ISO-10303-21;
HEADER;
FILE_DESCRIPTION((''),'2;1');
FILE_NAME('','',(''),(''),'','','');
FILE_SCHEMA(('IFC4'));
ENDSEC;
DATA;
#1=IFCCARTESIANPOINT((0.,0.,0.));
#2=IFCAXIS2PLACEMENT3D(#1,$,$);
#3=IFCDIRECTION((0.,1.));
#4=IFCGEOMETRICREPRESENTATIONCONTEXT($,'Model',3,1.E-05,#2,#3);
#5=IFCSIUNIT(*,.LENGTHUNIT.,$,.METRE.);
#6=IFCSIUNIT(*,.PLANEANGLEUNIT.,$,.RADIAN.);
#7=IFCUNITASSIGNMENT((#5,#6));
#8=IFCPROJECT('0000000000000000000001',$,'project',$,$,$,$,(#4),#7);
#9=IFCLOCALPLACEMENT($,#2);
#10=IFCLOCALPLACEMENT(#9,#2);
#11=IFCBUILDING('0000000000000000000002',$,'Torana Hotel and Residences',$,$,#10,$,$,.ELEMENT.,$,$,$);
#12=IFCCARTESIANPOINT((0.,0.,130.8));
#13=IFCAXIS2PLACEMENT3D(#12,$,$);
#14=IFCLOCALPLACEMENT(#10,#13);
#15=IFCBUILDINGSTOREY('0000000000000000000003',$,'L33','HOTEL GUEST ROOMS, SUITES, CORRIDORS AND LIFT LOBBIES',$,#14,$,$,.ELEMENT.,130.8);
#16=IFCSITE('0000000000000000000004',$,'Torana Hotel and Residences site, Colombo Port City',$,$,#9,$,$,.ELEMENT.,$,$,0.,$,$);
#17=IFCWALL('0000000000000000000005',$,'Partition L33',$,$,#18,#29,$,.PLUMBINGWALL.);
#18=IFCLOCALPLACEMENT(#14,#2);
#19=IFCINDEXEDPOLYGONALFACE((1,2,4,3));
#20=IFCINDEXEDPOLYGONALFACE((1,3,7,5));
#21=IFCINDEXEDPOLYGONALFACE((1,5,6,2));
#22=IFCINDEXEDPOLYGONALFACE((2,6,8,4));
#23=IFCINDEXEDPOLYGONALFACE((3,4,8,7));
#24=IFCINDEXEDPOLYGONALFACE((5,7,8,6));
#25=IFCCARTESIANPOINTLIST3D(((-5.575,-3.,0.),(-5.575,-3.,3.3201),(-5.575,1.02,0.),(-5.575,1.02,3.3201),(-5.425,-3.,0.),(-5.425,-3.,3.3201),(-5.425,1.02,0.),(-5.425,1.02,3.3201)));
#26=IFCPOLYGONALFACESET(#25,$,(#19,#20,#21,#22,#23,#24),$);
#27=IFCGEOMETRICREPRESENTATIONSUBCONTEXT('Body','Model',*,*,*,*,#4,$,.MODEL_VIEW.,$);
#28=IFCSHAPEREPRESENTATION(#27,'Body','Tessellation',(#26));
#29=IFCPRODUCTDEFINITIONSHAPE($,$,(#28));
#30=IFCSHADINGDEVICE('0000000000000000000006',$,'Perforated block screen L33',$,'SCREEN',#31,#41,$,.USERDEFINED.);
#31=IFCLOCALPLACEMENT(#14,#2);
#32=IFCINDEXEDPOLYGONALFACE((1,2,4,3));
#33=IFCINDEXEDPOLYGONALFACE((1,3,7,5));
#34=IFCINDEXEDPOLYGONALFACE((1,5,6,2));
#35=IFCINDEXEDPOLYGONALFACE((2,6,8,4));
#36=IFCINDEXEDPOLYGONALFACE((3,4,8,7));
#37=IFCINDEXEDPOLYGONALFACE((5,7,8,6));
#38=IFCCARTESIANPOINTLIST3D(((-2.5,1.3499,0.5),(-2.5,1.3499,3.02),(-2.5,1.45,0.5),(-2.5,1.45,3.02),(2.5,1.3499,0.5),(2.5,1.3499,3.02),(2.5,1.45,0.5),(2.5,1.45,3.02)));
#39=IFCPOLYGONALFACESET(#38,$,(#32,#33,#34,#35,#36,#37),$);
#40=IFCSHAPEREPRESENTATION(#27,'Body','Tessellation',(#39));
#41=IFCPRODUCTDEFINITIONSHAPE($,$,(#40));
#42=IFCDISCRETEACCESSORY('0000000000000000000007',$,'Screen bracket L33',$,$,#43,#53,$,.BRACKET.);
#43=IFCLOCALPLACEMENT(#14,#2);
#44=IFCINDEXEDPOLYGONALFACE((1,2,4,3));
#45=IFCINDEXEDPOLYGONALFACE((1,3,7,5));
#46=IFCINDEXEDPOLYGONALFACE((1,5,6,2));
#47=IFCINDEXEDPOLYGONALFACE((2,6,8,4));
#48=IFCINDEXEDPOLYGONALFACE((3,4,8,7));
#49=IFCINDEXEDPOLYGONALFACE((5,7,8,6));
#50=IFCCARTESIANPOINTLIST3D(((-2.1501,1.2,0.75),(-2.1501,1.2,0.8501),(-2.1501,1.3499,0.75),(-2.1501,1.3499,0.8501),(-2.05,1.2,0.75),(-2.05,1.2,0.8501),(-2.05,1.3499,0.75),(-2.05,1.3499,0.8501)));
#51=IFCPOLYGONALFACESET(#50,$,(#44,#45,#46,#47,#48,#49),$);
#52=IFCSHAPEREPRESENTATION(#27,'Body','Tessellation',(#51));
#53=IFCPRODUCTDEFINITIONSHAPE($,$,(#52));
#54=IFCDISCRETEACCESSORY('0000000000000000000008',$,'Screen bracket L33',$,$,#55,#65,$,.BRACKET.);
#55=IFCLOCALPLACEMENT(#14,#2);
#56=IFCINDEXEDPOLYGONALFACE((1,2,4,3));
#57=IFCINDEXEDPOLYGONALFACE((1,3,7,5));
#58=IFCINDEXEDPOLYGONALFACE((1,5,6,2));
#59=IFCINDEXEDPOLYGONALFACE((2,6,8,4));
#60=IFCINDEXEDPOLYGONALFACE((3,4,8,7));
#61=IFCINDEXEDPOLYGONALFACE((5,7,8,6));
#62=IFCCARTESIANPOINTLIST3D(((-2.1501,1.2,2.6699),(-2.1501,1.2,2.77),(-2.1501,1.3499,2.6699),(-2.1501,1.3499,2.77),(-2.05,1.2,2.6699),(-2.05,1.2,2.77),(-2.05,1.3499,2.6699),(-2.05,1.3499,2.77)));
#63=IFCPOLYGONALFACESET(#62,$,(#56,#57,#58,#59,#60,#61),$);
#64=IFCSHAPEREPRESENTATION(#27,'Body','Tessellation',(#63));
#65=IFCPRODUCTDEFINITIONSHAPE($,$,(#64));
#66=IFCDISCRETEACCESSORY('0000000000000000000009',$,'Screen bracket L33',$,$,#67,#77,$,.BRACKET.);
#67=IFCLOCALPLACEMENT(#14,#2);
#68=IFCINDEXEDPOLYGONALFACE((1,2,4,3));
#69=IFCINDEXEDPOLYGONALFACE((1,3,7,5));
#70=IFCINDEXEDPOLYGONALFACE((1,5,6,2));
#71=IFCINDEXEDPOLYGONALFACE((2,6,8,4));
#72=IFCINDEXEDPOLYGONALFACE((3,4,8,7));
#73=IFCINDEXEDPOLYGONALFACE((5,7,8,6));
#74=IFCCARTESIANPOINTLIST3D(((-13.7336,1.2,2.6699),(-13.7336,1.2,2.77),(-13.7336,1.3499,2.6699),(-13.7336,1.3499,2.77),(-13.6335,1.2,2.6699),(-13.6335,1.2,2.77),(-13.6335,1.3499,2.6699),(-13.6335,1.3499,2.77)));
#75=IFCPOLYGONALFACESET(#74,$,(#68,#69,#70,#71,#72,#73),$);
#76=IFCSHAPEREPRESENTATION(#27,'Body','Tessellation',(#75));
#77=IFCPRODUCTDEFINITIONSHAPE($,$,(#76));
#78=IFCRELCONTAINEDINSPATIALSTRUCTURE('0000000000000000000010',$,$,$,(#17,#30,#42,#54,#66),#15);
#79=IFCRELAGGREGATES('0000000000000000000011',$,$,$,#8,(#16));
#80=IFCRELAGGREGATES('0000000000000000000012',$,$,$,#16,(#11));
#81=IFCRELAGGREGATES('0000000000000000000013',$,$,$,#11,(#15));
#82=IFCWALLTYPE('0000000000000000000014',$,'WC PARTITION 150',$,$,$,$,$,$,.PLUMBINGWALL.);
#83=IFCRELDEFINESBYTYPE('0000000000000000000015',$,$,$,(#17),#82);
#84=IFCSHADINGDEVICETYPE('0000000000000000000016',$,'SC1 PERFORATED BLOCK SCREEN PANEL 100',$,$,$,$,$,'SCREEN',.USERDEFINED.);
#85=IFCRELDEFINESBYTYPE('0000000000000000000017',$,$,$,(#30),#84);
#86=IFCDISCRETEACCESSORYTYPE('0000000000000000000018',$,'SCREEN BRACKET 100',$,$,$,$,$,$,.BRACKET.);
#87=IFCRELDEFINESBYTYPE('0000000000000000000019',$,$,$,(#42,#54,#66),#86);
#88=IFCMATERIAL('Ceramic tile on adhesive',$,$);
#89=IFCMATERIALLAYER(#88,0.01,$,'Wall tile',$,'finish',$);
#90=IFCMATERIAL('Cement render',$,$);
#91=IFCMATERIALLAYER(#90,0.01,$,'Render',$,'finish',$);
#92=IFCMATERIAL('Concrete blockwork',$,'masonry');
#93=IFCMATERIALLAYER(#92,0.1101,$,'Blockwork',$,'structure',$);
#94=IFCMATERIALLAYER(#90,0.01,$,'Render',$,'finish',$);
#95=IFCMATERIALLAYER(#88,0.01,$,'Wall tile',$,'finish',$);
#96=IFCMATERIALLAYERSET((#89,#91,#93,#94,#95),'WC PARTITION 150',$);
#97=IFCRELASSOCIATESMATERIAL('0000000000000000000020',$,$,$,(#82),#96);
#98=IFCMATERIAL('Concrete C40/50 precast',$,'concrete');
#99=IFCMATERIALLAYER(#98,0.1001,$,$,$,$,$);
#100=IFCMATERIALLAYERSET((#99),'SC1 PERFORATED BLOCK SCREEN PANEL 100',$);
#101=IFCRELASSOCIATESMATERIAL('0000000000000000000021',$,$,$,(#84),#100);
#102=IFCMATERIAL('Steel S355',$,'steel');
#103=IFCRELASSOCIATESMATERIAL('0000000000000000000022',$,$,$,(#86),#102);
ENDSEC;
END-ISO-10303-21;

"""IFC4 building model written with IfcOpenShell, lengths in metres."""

from ifc_helpers import new_model, si_unit, direction, frame, frame_2d, origin, origin_2d, place, context, subcontext, project, spatial, rectangle, extrude, material, layer, layer_set, type_object, element, save


model = new_model("IFC4")

# Units and contexts
model_context = context("Model", 3, precision=1e-05, world=origin(), true_north=direction((0.0, 1.0)))
body_context = subcontext(model_context, "Body", "Model", "MODEL_VIEW")
ifc_project = project(units=[si_unit("LENGTHUNIT", "METRE"), si_unit("PLANEANGLEUNIT", "RADIAN")], contexts=[model_context])

# Site, building, storey
site_placement = place(None, origin())
site = spatial("IfcSite", under=ifc_project, at=site_placement, Name="Torana Hotel and Residences site, Colombo Port City", CompositionType="ELEMENT", RefElevation=0.0)
building_placement = place(site_placement, origin())
building = spatial("IfcBuilding", under=site, at=building_placement, Name="Torana Hotel and Residences", CompositionType="ELEMENT")
storey_placement = place(building_placement, frame((0.0, 0.0, 130.8)))
storey = spatial("IfcBuildingStorey", under=building, at=storey_placement, Name="L33", Description="HOTEL GUEST ROOMS, SUITES, CORRIDORS AND LIFT LOBBIES", CompositionType="ELEMENT", Elevation=130.8)

# Wall
ifc_material_1 = material(Name="Ceramic tile on adhesive")
ifc_layer_1 = layer(ifc_material_1, 0.01, Name="Wall tile", Category="finish")
ifc_material_2 = material(Name="Cement render")
ifc_layer_2 = layer(ifc_material_2, 0.01, Name="Render", Category="finish")
ifc_material_3 = material(Name="Concrete blockwork", Category="masonry")
ifc_layer_3 = layer(ifc_material_3, 0.1101, Name="Blockwork", Category="structure")
ifc_layer_4 = layer(ifc_material_2, 0.01, Name="Render", Category="finish")
ifc_layer_5 = layer(ifc_material_1, 0.01, Name="Wall tile", Category="finish")
ifc_layer_set_1 = layer_set([ifc_layer_1, ifc_layer_2, ifc_layer_3, ifc_layer_4, ifc_layer_5], Name="WC PARTITION 150")
wall_type_1 = type_object("IfcWallType", Name="WC PARTITION 150", PredefinedType="PLUMBINGWALL", material=ifc_layer_set_1)
for number, where, z_axis, x_axis, name in (
    (1, (-5.5, -3.0, 0.0), (0.0, 0.0, 1.0), (0.0, 1.0, 0.0), "Partition L33"),
):
    element("IfcWall", number, at=place(storey_placement, frame(where, z_axis=z_axis, x_axis=x_axis)), inside=storey, type_object=wall_type_1, Name=name, PredefinedType="PLUMBINGWALL", context=body_context, shape_type="SweptSolid", body=[
        extrude(rectangle(XDim=4.02, YDim=0.1499, at=frame_2d((2.01, 0.0))), origin(), (0.0, 0.0, 1.0), 3.3201),
    ])

# Shading device
ifc_material_4 = material(Name="Concrete C40/50 precast", Category="concrete")
ifc_layer_6 = layer(ifc_material_4, 0.1001)
ifc_layer_set_2 = layer_set([ifc_layer_6], Name="SC1 PERFORATED BLOCK SCREEN PANEL 100")
shading_device_type = type_object("IfcShadingDeviceType", Name="SC1 PERFORATED BLOCK SCREEN PANEL 100", ElementType="SCREEN", PredefinedType="USERDEFINED", material=ifc_layer_set_2)
shading_device_placement = place(storey_placement, frame((0.0, 1.3999, 0.5), z_axis=(0.0, 0.0, 1.0), x_axis=(-1.0, 0.0, 0.0)))
element("IfcShadingDevice", 2, at=shading_device_placement, inside=storey, type_object=shading_device_type, Name="Perforated block screen L33", ObjectType="SCREEN", PredefinedType="USERDEFINED", context=body_context, shape_type="SweptSolid", body=[
    extrude(rectangle(XDim=5.0, YDim=0.1001, at=origin_2d()), origin(), (0.0, 0.0, 1.0), 2.52),
])

# Discrete accessories
ifc_material_5 = material(Name="Steel S355", Category="steel")
discrete_accessory_type = type_object("IfcDiscreteAccessoryType", Name="SCREEN BRACKET 100", PredefinedType="BRACKET", material=ifc_material_5)
for number, where, z_axis, x_axis, name in (
    (3, (-2.1001, 1.2749, 0.75), (0.0, 0.0, 1.0), (-1.0, 0.0, 0.0), "Screen bracket L33"),
    (4, (-2.1001, 1.2749, 2.6699), (0.0, 0.0, 1.0), (-1.0, 0.0, 0.0), "Screen bracket L33"),
    (5, (-13.6836, 1.2749, 2.6699), (0.0, 0.0, 1.0), (-1.0, 0.0, 0.0), "Screen bracket L33"),
):
    element("IfcDiscreteAccessory", number, at=place(storey_placement, frame(where, z_axis=z_axis, x_axis=x_axis)), inside=storey, type_object=discrete_accessory_type, Name=name, PredefinedType="BRACKET", context=body_context, shape_type="SweptSolid", body=[
        extrude(rectangle(XDim=0.1001, YDim=0.1499, at=origin_2d()), origin(), (0.0, 0.0, 1.0), 0.1001),
    ])

save(model, "model.ifc")
